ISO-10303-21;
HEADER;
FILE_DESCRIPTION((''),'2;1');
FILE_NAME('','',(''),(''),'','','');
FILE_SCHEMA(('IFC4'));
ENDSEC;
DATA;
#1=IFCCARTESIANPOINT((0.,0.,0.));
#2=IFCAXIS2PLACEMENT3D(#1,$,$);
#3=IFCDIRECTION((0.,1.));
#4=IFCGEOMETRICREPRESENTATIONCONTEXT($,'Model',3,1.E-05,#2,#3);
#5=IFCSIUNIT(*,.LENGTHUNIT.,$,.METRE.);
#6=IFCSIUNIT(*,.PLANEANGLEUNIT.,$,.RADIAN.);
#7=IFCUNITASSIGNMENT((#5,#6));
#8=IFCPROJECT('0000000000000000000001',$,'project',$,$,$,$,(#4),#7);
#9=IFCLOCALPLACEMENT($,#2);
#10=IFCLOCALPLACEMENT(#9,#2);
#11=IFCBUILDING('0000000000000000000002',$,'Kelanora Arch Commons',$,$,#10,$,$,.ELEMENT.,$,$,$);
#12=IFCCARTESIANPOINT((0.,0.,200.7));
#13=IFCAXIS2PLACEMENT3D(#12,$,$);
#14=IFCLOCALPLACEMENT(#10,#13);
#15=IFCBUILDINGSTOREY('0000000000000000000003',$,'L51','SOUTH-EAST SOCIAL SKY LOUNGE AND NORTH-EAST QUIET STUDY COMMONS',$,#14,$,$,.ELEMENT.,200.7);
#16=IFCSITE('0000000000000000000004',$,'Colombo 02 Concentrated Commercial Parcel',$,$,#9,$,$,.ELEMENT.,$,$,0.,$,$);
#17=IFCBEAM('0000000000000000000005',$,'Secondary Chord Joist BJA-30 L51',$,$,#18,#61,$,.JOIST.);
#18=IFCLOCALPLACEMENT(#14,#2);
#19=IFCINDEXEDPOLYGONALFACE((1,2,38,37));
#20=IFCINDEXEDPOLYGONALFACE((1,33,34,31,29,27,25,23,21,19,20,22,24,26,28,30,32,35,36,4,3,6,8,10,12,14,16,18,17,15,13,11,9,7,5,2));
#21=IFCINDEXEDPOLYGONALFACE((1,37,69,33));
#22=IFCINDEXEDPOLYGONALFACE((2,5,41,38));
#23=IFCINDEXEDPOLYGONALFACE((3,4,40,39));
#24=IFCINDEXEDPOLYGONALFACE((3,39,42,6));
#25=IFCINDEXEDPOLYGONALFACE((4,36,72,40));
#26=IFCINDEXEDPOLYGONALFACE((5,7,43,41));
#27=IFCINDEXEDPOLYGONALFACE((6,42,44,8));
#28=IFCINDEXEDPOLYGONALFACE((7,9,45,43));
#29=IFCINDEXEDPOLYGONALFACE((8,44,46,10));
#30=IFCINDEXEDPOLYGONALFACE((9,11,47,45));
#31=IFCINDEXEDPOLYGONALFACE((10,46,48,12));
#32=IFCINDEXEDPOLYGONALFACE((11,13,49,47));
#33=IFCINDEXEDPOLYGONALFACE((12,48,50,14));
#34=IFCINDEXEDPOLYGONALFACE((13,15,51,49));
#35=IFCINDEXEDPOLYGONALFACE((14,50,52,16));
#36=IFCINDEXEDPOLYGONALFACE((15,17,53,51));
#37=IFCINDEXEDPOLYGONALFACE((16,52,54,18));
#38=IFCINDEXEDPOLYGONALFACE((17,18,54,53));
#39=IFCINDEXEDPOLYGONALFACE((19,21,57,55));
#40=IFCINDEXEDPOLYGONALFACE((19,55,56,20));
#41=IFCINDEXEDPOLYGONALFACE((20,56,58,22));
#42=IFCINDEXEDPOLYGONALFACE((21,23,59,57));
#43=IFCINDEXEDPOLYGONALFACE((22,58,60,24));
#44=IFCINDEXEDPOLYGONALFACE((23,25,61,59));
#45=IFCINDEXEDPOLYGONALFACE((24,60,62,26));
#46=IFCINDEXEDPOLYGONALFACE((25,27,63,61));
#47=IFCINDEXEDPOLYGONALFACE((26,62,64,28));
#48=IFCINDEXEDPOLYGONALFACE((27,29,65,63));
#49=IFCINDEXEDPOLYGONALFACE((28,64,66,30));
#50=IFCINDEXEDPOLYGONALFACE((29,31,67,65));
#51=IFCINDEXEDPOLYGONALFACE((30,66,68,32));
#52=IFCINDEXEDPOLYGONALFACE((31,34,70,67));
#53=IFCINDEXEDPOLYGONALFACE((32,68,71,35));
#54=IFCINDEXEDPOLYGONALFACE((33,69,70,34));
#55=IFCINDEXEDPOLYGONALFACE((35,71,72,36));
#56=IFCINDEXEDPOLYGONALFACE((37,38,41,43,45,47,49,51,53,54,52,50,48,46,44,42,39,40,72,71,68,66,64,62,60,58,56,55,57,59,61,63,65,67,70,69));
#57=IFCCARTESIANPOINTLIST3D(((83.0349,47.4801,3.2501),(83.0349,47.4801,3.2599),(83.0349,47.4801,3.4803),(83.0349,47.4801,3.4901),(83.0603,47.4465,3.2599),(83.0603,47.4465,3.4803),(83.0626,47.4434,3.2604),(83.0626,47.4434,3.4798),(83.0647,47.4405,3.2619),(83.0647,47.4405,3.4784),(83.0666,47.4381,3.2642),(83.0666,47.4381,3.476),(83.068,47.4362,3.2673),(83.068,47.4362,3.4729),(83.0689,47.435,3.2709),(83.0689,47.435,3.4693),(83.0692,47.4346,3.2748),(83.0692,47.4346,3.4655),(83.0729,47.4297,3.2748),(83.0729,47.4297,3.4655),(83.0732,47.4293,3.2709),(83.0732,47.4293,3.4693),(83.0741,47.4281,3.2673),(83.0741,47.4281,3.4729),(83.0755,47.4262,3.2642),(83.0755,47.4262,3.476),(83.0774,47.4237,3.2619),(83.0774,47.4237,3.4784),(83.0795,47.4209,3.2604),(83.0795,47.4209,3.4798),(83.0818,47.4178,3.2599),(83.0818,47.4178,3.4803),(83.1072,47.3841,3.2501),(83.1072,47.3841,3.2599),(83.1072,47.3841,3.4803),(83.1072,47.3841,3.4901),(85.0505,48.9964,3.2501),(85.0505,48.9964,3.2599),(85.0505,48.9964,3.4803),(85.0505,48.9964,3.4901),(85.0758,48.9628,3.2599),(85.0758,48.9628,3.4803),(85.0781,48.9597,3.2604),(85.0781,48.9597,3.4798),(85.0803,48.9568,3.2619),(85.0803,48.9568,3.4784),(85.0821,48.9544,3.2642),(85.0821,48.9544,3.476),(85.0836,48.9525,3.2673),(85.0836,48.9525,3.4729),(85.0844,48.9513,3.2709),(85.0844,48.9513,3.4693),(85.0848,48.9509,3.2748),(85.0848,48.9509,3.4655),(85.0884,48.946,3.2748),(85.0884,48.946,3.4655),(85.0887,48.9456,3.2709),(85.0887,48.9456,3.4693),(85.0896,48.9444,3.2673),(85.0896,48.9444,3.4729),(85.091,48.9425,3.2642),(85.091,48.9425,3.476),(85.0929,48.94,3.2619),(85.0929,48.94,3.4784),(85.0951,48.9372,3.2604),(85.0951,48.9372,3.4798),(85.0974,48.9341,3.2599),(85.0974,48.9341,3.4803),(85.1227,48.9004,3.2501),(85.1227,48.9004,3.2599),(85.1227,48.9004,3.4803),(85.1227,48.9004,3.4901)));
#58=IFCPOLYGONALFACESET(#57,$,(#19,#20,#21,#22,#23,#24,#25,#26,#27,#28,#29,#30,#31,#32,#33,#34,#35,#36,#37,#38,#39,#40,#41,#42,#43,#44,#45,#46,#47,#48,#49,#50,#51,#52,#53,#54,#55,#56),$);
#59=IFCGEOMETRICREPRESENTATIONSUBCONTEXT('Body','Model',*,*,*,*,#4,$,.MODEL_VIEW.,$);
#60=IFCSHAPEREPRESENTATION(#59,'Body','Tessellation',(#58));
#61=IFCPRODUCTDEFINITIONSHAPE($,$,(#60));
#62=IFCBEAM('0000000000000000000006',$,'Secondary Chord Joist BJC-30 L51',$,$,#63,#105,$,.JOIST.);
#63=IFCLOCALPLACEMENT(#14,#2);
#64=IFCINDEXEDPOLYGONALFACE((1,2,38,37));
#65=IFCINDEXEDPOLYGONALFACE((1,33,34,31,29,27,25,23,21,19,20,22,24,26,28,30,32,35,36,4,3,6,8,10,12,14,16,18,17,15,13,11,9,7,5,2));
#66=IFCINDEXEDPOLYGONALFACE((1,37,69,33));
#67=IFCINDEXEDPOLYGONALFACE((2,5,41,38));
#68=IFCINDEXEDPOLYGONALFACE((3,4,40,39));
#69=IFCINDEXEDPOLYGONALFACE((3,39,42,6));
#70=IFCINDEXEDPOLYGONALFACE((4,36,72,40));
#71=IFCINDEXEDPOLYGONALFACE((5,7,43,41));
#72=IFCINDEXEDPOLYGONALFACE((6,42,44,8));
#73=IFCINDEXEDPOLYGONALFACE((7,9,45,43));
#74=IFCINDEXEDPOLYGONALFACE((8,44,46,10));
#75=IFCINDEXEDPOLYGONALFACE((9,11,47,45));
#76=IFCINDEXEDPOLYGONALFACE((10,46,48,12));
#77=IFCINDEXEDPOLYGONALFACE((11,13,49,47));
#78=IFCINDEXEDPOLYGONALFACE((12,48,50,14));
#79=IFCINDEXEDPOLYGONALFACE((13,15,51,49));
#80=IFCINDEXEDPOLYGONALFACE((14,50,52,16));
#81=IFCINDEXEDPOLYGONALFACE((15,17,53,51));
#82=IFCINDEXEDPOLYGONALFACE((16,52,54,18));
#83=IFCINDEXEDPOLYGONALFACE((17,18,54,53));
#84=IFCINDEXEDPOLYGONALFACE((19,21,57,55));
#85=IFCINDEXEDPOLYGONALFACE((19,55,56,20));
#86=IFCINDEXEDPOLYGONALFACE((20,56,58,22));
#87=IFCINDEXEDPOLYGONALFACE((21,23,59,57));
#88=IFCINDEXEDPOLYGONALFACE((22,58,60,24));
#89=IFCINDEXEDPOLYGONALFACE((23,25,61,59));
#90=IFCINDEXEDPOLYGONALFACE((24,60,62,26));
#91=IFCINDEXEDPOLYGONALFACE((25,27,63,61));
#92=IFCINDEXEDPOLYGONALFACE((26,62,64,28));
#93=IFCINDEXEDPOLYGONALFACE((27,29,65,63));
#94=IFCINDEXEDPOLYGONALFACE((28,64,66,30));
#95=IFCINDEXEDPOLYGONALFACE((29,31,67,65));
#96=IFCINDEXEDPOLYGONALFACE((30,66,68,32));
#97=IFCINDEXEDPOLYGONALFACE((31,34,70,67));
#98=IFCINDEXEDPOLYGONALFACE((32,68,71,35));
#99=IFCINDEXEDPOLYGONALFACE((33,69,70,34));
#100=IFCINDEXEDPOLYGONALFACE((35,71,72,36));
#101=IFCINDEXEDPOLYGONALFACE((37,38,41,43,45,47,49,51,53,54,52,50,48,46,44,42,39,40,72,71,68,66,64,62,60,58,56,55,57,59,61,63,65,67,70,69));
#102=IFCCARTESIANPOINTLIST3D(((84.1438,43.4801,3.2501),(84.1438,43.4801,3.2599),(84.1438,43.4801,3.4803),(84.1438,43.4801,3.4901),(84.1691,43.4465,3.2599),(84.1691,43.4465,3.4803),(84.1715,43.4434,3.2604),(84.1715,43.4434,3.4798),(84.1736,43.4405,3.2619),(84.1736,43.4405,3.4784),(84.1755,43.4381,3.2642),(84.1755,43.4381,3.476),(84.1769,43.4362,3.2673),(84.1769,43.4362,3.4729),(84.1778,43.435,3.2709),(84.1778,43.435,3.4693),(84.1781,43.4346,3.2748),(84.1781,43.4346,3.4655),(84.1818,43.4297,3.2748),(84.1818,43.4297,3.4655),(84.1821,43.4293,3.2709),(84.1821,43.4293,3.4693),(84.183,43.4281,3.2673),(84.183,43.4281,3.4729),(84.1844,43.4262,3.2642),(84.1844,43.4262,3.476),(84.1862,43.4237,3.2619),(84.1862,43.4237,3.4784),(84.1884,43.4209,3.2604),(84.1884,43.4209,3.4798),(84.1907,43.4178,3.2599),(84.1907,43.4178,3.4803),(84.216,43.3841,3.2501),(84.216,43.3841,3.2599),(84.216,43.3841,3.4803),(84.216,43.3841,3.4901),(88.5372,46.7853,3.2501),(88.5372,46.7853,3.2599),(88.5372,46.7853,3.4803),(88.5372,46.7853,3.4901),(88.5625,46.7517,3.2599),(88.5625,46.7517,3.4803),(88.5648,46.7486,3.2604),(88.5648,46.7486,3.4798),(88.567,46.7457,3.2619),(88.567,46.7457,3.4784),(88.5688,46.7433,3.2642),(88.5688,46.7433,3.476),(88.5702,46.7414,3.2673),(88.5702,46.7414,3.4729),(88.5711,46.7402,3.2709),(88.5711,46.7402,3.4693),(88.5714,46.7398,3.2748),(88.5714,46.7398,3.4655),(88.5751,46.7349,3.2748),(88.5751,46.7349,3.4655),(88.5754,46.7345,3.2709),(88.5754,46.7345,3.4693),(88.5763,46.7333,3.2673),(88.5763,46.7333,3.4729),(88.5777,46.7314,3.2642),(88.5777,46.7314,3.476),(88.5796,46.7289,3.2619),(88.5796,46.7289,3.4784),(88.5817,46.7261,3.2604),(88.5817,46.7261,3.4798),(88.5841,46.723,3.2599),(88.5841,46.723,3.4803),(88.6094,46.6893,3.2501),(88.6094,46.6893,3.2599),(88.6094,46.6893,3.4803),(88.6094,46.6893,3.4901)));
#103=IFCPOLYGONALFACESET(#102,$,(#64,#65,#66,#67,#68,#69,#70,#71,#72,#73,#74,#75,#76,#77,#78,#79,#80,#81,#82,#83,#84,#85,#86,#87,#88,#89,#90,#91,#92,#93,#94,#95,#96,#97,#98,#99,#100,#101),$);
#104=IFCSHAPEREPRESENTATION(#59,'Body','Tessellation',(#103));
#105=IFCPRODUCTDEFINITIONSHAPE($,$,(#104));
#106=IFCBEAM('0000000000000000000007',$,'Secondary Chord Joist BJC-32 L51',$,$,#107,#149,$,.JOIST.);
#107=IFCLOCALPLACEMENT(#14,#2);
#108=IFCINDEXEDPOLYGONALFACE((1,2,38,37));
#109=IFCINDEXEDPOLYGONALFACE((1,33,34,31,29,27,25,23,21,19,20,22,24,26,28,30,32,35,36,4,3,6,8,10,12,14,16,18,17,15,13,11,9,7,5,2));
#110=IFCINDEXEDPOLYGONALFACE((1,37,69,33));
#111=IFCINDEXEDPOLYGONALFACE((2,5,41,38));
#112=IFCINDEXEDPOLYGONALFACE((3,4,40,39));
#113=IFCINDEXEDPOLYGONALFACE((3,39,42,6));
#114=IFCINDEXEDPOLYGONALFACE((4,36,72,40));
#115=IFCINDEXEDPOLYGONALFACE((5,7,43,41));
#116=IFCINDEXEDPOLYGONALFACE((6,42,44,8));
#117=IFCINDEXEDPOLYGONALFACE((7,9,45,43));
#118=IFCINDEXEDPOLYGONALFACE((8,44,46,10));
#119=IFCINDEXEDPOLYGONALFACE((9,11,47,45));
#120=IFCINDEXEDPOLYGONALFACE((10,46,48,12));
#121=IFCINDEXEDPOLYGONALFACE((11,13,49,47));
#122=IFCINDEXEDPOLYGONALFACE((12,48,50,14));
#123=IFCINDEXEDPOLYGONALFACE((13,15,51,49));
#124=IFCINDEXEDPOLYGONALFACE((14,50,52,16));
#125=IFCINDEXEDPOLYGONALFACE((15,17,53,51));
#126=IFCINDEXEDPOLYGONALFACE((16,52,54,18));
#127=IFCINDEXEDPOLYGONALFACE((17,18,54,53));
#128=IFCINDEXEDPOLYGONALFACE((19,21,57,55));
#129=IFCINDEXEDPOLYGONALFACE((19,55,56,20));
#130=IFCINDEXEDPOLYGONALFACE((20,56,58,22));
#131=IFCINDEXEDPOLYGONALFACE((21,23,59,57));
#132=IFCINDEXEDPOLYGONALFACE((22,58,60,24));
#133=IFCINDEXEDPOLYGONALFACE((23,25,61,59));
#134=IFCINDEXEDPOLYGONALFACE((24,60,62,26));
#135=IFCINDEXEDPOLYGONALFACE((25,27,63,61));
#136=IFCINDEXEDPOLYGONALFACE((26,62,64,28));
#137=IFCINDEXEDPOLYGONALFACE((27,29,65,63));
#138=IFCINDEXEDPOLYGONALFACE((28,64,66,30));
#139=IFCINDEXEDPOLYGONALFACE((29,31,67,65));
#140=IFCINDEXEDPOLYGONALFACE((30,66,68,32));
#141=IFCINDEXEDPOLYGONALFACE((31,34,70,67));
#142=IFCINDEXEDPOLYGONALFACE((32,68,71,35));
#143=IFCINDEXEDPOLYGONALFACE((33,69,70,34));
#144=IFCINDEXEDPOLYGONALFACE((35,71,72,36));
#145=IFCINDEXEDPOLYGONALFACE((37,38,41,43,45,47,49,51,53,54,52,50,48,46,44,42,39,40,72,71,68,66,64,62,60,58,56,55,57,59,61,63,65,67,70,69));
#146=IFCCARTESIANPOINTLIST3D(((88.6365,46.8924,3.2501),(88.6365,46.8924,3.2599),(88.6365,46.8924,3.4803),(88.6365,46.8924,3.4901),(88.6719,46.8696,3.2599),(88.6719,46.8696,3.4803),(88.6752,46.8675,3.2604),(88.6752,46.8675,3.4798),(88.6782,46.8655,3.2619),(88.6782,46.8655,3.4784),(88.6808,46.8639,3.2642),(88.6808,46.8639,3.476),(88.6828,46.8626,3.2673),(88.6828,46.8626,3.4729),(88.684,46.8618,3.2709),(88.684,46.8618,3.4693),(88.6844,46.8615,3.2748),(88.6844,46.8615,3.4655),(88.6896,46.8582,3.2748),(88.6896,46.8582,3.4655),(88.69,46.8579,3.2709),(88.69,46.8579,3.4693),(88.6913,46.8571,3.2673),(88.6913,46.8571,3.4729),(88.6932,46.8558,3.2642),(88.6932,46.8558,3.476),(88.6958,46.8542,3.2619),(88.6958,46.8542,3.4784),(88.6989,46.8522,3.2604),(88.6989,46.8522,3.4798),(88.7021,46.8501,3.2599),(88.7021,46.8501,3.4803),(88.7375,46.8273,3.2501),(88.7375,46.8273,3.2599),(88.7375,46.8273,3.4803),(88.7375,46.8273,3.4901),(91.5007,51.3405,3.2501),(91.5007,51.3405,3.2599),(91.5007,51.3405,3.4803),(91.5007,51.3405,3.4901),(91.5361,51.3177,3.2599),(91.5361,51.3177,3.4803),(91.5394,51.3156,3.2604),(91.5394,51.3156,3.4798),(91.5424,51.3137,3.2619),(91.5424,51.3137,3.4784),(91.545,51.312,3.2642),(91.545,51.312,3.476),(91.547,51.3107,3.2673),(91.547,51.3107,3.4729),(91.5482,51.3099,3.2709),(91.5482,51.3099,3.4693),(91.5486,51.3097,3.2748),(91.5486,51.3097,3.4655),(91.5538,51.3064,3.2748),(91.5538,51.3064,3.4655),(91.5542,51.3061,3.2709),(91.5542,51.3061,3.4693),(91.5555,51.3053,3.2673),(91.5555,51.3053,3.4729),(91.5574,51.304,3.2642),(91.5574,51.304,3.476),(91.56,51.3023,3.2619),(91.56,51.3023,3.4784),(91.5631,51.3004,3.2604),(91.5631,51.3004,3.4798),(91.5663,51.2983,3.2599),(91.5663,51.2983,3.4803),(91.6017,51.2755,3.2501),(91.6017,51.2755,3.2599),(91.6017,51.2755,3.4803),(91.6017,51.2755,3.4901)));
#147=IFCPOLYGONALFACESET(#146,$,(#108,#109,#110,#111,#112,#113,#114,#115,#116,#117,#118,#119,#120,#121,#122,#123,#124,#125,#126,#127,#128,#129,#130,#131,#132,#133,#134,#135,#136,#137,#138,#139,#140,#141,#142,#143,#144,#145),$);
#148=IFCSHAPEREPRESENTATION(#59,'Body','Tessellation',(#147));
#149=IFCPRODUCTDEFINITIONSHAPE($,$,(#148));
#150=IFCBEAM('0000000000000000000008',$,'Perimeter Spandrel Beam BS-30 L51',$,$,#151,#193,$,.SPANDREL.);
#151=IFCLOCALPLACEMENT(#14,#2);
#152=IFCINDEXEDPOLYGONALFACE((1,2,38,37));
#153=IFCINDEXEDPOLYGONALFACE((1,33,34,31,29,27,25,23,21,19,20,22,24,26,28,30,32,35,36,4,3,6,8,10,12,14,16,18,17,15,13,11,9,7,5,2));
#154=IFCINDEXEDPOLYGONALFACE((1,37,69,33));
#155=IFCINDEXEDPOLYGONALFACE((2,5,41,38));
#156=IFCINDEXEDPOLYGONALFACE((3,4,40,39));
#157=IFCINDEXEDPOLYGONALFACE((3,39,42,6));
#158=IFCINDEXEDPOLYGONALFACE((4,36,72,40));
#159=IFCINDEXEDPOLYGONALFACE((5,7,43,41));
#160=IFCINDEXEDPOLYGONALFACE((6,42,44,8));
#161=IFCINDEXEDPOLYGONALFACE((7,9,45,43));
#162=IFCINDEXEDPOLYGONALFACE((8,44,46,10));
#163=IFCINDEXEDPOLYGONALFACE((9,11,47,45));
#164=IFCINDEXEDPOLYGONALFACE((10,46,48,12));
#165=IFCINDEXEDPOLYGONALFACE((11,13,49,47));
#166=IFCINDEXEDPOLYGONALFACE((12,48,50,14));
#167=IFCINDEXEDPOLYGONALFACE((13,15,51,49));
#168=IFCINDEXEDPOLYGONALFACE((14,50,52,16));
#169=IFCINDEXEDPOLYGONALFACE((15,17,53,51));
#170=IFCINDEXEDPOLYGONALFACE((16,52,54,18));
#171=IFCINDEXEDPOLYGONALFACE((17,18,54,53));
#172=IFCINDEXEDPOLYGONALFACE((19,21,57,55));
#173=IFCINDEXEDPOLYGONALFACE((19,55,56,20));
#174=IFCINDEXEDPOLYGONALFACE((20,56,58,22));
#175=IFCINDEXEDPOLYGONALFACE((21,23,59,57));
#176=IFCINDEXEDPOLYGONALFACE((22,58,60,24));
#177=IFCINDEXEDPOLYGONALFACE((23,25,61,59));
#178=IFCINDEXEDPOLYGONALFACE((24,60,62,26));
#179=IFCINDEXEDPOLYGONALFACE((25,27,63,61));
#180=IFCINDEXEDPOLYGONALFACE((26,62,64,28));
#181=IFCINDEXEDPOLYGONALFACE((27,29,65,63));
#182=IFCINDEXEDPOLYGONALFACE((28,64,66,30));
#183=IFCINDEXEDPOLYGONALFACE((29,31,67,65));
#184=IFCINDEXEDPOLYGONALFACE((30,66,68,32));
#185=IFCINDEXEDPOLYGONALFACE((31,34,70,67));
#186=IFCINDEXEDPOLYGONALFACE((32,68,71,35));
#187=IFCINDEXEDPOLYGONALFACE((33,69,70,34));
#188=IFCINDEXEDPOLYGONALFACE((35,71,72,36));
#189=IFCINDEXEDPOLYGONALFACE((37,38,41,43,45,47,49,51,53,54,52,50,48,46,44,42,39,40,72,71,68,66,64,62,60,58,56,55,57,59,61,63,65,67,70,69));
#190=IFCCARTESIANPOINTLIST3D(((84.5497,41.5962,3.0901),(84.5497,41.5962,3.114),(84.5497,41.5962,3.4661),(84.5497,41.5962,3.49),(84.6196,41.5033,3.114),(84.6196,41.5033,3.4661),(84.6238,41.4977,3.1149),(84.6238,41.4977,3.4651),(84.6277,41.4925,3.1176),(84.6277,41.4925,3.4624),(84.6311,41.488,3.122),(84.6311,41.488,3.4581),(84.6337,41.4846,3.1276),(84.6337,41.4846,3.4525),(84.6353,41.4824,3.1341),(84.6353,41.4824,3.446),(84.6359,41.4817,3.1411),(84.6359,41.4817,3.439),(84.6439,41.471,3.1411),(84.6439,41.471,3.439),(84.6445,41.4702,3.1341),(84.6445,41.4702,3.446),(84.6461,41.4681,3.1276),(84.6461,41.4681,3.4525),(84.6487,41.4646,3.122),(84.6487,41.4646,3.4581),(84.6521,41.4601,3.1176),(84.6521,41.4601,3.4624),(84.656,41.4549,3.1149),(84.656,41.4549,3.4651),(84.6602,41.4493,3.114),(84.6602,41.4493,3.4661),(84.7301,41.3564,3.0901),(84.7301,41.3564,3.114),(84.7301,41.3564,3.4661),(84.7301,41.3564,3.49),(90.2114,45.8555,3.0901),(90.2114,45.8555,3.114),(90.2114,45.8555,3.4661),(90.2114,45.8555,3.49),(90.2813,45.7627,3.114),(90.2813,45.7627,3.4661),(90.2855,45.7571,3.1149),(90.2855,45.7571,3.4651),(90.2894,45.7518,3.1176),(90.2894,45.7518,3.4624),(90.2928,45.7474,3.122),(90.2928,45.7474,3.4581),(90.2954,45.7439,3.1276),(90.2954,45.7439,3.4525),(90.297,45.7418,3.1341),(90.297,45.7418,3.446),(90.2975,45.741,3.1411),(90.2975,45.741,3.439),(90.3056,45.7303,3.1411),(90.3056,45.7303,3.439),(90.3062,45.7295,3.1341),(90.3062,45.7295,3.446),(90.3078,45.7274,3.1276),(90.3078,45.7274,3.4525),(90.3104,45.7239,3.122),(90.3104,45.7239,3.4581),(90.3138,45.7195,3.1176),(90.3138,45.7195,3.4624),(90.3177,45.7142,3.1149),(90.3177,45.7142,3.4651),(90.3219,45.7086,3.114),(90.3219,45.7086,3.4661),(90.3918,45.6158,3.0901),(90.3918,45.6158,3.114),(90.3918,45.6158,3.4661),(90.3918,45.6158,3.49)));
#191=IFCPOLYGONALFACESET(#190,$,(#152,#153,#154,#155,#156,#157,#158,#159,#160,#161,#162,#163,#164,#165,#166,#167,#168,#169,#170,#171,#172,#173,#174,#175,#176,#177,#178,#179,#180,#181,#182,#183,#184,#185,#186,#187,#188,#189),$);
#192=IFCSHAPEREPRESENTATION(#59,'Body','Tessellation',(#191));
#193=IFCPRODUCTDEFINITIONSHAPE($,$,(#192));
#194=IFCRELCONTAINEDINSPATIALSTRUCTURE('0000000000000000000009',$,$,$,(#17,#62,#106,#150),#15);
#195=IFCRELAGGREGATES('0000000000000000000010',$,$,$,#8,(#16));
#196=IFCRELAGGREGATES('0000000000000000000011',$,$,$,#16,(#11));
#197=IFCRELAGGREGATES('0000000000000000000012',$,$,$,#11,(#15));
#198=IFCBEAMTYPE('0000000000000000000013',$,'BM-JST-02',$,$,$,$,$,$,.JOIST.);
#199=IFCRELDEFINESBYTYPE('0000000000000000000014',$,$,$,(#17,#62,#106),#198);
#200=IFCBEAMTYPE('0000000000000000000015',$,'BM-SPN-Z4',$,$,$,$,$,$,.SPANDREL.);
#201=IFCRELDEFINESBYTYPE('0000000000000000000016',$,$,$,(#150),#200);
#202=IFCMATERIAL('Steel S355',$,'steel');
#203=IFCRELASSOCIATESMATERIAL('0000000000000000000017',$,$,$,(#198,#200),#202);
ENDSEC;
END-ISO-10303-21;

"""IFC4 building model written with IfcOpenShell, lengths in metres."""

from ifc_helpers import new_model, si_unit, direction, frame, origin, origin_2d, place, context, subcontext, project, spatial, i_section, extrude, material, material_profile, profile_set, type_object, element, save


model = new_model("IFC4")

# Units and contexts
model_context = context("Model", 3, precision=1e-05, world=origin(), true_north=direction((0.0, 1.0)))
body_context = subcontext(model_context, "Body", "Model", "MODEL_VIEW")
ifc_project = project(units=[si_unit("LENGTHUNIT", "METRE"), si_unit("PLANEANGLEUNIT", "RADIAN")], contexts=[model_context])

# Site, building, storey
site_placement = place(None, origin())
site = spatial("IfcSite", under=ifc_project, at=site_placement, Name="Colombo 02 Concentrated Commercial Parcel", CompositionType="ELEMENT", RefElevation=0.0)
building_placement = place(site_placement, origin())
building = spatial("IfcBuilding", under=site, at=building_placement, Name="Kelanora Arch Commons", CompositionType="ELEMENT")
storey_placement = place(building_placement, frame((0.0, 0.0, 200.7)))
storey = spatial("IfcBuildingStorey", under=building, at=storey_placement, Name="L51", Description="SOUTH-EAST SOCIAL SKY LOUNGE AND NORTH-EAST QUIET STUDY COMMONS", CompositionType="ELEMENT", Elevation=200.7)

# Beams
ifc_material_1 = material(Name="Steel S355", Category="steel")
ifc_material_profile_1 = material_profile(ifc_material_1, i_section(OverallWidth=0.1201, OverallDepth=0.24, WebThickness=0.0061, FlangeThickness=0.0098, FilletRadius=0.0149, at=origin_2d()), Name="IPE240")
ifc_profile_set_1 = profile_set([ifc_material_profile_1], Name="Steel S355")
beam_type_1 = type_object("IfcBeamType", Name="BM-JST-02", PredefinedType="JOIST", material=ifc_profile_set_1)
beam_1_placement = place(storey_placement, frame((83.071, 47.4321, 3.3701), z_axis=(0.799116, 0.601176, 0.0), x_axis=(-0.601176, 0.799116, 0.0)))
element("IfcBeam", 1, at=beam_1_placement, inside=storey, type_object=beam_type_1, Name="Secondary Chord Joist BJA-30 L51", PredefinedType="JOIST", context=body_context, shape_type="SweptSolid", body=[
    extrude(i_section(OverallWidth=0.1201, OverallDepth=0.24, WebThickness=0.0061, FlangeThickness=0.0098, FilletRadius=0.0149, at=origin_2d()), origin(), (0.0, 0.0, 1.0), 2.5222),
])
beam_2_placement = place(storey_placement, frame((84.1799, 43.4321, 3.3701), z_axis=(0.799109, 0.601186, 0.0), x_axis=(-0.601186, 0.799109, 0.0)))
element("IfcBeam", 2, at=beam_2_placement, inside=storey, type_object=beam_type_1, Name="Secondary Chord Joist BJC-30 L51", PredefinedType="JOIST", context=body_context, shape_type="SweptSolid", body=[
    extrude(i_section(OverallWidth=0.1201, OverallDepth=0.24, WebThickness=0.0061, FlangeThickness=0.0098, FilletRadius=0.0149, at=origin_2d()), origin(), (0.0, 0.0, 1.0), 5.4978),
])
beam_3_placement = place(storey_placement, frame((88.687, 46.8599, 3.3701), z_axis=(0.541382, 0.840776, 0.0), x_axis=(-0.840776, 0.541382, 0.0)))
element("IfcBeam", 3, at=beam_3_placement, inside=storey, type_object=beam_type_1, Name="Secondary Chord Joist BJC-32 L51", PredefinedType="JOIST", context=body_context, shape_type="SweptSolid", body=[
    extrude(i_section(OverallWidth=0.1201, OverallDepth=0.24, WebThickness=0.0061, FlangeThickness=0.0098, FilletRadius=0.0149, at=origin_2d()), origin(), (0.0, 0.0, 1.0), 5.2905),
])
ifc_material_profile_2 = material_profile(ifc_material_1, i_section(OverallWidth=0.3, OverallDepth=0.3999, WebThickness=0.0134, FlangeThickness=0.0239, FilletRadius=0.0271, at=origin_2d()), Name="HEB400")
ifc_profile_set_2 = profile_set([ifc_material_profile_2], Name="Steel S355")
beam_type_2 = type_object("IfcBeamType", Name="BM-SPN-Z4", PredefinedType="SPANDREL", material=ifc_profile_set_2)
beam_4_placement = place(storey_placement, frame((84.6399, 41.4763, 3.29), z_axis=(0.799114, 0.601179, 0.0), x_axis=(-0.601179, 0.799114, 0.0)))
element("IfcBeam", 4, at=beam_4_placement, inside=storey, type_object=beam_type_2, Name="Perimeter Spandrel Beam BS-30 L51", PredefinedType="SPANDREL", context=body_context, shape_type="SweptSolid", body=[
    extrude(i_section(OverallWidth=0.3, OverallDepth=0.3999, WebThickness=0.0134, FlangeThickness=0.0239, FilletRadius=0.0271, at=origin_2d()), origin(), (0.0, 0.0, 1.0), 7.085),
])

save(model, "model.ifc")
